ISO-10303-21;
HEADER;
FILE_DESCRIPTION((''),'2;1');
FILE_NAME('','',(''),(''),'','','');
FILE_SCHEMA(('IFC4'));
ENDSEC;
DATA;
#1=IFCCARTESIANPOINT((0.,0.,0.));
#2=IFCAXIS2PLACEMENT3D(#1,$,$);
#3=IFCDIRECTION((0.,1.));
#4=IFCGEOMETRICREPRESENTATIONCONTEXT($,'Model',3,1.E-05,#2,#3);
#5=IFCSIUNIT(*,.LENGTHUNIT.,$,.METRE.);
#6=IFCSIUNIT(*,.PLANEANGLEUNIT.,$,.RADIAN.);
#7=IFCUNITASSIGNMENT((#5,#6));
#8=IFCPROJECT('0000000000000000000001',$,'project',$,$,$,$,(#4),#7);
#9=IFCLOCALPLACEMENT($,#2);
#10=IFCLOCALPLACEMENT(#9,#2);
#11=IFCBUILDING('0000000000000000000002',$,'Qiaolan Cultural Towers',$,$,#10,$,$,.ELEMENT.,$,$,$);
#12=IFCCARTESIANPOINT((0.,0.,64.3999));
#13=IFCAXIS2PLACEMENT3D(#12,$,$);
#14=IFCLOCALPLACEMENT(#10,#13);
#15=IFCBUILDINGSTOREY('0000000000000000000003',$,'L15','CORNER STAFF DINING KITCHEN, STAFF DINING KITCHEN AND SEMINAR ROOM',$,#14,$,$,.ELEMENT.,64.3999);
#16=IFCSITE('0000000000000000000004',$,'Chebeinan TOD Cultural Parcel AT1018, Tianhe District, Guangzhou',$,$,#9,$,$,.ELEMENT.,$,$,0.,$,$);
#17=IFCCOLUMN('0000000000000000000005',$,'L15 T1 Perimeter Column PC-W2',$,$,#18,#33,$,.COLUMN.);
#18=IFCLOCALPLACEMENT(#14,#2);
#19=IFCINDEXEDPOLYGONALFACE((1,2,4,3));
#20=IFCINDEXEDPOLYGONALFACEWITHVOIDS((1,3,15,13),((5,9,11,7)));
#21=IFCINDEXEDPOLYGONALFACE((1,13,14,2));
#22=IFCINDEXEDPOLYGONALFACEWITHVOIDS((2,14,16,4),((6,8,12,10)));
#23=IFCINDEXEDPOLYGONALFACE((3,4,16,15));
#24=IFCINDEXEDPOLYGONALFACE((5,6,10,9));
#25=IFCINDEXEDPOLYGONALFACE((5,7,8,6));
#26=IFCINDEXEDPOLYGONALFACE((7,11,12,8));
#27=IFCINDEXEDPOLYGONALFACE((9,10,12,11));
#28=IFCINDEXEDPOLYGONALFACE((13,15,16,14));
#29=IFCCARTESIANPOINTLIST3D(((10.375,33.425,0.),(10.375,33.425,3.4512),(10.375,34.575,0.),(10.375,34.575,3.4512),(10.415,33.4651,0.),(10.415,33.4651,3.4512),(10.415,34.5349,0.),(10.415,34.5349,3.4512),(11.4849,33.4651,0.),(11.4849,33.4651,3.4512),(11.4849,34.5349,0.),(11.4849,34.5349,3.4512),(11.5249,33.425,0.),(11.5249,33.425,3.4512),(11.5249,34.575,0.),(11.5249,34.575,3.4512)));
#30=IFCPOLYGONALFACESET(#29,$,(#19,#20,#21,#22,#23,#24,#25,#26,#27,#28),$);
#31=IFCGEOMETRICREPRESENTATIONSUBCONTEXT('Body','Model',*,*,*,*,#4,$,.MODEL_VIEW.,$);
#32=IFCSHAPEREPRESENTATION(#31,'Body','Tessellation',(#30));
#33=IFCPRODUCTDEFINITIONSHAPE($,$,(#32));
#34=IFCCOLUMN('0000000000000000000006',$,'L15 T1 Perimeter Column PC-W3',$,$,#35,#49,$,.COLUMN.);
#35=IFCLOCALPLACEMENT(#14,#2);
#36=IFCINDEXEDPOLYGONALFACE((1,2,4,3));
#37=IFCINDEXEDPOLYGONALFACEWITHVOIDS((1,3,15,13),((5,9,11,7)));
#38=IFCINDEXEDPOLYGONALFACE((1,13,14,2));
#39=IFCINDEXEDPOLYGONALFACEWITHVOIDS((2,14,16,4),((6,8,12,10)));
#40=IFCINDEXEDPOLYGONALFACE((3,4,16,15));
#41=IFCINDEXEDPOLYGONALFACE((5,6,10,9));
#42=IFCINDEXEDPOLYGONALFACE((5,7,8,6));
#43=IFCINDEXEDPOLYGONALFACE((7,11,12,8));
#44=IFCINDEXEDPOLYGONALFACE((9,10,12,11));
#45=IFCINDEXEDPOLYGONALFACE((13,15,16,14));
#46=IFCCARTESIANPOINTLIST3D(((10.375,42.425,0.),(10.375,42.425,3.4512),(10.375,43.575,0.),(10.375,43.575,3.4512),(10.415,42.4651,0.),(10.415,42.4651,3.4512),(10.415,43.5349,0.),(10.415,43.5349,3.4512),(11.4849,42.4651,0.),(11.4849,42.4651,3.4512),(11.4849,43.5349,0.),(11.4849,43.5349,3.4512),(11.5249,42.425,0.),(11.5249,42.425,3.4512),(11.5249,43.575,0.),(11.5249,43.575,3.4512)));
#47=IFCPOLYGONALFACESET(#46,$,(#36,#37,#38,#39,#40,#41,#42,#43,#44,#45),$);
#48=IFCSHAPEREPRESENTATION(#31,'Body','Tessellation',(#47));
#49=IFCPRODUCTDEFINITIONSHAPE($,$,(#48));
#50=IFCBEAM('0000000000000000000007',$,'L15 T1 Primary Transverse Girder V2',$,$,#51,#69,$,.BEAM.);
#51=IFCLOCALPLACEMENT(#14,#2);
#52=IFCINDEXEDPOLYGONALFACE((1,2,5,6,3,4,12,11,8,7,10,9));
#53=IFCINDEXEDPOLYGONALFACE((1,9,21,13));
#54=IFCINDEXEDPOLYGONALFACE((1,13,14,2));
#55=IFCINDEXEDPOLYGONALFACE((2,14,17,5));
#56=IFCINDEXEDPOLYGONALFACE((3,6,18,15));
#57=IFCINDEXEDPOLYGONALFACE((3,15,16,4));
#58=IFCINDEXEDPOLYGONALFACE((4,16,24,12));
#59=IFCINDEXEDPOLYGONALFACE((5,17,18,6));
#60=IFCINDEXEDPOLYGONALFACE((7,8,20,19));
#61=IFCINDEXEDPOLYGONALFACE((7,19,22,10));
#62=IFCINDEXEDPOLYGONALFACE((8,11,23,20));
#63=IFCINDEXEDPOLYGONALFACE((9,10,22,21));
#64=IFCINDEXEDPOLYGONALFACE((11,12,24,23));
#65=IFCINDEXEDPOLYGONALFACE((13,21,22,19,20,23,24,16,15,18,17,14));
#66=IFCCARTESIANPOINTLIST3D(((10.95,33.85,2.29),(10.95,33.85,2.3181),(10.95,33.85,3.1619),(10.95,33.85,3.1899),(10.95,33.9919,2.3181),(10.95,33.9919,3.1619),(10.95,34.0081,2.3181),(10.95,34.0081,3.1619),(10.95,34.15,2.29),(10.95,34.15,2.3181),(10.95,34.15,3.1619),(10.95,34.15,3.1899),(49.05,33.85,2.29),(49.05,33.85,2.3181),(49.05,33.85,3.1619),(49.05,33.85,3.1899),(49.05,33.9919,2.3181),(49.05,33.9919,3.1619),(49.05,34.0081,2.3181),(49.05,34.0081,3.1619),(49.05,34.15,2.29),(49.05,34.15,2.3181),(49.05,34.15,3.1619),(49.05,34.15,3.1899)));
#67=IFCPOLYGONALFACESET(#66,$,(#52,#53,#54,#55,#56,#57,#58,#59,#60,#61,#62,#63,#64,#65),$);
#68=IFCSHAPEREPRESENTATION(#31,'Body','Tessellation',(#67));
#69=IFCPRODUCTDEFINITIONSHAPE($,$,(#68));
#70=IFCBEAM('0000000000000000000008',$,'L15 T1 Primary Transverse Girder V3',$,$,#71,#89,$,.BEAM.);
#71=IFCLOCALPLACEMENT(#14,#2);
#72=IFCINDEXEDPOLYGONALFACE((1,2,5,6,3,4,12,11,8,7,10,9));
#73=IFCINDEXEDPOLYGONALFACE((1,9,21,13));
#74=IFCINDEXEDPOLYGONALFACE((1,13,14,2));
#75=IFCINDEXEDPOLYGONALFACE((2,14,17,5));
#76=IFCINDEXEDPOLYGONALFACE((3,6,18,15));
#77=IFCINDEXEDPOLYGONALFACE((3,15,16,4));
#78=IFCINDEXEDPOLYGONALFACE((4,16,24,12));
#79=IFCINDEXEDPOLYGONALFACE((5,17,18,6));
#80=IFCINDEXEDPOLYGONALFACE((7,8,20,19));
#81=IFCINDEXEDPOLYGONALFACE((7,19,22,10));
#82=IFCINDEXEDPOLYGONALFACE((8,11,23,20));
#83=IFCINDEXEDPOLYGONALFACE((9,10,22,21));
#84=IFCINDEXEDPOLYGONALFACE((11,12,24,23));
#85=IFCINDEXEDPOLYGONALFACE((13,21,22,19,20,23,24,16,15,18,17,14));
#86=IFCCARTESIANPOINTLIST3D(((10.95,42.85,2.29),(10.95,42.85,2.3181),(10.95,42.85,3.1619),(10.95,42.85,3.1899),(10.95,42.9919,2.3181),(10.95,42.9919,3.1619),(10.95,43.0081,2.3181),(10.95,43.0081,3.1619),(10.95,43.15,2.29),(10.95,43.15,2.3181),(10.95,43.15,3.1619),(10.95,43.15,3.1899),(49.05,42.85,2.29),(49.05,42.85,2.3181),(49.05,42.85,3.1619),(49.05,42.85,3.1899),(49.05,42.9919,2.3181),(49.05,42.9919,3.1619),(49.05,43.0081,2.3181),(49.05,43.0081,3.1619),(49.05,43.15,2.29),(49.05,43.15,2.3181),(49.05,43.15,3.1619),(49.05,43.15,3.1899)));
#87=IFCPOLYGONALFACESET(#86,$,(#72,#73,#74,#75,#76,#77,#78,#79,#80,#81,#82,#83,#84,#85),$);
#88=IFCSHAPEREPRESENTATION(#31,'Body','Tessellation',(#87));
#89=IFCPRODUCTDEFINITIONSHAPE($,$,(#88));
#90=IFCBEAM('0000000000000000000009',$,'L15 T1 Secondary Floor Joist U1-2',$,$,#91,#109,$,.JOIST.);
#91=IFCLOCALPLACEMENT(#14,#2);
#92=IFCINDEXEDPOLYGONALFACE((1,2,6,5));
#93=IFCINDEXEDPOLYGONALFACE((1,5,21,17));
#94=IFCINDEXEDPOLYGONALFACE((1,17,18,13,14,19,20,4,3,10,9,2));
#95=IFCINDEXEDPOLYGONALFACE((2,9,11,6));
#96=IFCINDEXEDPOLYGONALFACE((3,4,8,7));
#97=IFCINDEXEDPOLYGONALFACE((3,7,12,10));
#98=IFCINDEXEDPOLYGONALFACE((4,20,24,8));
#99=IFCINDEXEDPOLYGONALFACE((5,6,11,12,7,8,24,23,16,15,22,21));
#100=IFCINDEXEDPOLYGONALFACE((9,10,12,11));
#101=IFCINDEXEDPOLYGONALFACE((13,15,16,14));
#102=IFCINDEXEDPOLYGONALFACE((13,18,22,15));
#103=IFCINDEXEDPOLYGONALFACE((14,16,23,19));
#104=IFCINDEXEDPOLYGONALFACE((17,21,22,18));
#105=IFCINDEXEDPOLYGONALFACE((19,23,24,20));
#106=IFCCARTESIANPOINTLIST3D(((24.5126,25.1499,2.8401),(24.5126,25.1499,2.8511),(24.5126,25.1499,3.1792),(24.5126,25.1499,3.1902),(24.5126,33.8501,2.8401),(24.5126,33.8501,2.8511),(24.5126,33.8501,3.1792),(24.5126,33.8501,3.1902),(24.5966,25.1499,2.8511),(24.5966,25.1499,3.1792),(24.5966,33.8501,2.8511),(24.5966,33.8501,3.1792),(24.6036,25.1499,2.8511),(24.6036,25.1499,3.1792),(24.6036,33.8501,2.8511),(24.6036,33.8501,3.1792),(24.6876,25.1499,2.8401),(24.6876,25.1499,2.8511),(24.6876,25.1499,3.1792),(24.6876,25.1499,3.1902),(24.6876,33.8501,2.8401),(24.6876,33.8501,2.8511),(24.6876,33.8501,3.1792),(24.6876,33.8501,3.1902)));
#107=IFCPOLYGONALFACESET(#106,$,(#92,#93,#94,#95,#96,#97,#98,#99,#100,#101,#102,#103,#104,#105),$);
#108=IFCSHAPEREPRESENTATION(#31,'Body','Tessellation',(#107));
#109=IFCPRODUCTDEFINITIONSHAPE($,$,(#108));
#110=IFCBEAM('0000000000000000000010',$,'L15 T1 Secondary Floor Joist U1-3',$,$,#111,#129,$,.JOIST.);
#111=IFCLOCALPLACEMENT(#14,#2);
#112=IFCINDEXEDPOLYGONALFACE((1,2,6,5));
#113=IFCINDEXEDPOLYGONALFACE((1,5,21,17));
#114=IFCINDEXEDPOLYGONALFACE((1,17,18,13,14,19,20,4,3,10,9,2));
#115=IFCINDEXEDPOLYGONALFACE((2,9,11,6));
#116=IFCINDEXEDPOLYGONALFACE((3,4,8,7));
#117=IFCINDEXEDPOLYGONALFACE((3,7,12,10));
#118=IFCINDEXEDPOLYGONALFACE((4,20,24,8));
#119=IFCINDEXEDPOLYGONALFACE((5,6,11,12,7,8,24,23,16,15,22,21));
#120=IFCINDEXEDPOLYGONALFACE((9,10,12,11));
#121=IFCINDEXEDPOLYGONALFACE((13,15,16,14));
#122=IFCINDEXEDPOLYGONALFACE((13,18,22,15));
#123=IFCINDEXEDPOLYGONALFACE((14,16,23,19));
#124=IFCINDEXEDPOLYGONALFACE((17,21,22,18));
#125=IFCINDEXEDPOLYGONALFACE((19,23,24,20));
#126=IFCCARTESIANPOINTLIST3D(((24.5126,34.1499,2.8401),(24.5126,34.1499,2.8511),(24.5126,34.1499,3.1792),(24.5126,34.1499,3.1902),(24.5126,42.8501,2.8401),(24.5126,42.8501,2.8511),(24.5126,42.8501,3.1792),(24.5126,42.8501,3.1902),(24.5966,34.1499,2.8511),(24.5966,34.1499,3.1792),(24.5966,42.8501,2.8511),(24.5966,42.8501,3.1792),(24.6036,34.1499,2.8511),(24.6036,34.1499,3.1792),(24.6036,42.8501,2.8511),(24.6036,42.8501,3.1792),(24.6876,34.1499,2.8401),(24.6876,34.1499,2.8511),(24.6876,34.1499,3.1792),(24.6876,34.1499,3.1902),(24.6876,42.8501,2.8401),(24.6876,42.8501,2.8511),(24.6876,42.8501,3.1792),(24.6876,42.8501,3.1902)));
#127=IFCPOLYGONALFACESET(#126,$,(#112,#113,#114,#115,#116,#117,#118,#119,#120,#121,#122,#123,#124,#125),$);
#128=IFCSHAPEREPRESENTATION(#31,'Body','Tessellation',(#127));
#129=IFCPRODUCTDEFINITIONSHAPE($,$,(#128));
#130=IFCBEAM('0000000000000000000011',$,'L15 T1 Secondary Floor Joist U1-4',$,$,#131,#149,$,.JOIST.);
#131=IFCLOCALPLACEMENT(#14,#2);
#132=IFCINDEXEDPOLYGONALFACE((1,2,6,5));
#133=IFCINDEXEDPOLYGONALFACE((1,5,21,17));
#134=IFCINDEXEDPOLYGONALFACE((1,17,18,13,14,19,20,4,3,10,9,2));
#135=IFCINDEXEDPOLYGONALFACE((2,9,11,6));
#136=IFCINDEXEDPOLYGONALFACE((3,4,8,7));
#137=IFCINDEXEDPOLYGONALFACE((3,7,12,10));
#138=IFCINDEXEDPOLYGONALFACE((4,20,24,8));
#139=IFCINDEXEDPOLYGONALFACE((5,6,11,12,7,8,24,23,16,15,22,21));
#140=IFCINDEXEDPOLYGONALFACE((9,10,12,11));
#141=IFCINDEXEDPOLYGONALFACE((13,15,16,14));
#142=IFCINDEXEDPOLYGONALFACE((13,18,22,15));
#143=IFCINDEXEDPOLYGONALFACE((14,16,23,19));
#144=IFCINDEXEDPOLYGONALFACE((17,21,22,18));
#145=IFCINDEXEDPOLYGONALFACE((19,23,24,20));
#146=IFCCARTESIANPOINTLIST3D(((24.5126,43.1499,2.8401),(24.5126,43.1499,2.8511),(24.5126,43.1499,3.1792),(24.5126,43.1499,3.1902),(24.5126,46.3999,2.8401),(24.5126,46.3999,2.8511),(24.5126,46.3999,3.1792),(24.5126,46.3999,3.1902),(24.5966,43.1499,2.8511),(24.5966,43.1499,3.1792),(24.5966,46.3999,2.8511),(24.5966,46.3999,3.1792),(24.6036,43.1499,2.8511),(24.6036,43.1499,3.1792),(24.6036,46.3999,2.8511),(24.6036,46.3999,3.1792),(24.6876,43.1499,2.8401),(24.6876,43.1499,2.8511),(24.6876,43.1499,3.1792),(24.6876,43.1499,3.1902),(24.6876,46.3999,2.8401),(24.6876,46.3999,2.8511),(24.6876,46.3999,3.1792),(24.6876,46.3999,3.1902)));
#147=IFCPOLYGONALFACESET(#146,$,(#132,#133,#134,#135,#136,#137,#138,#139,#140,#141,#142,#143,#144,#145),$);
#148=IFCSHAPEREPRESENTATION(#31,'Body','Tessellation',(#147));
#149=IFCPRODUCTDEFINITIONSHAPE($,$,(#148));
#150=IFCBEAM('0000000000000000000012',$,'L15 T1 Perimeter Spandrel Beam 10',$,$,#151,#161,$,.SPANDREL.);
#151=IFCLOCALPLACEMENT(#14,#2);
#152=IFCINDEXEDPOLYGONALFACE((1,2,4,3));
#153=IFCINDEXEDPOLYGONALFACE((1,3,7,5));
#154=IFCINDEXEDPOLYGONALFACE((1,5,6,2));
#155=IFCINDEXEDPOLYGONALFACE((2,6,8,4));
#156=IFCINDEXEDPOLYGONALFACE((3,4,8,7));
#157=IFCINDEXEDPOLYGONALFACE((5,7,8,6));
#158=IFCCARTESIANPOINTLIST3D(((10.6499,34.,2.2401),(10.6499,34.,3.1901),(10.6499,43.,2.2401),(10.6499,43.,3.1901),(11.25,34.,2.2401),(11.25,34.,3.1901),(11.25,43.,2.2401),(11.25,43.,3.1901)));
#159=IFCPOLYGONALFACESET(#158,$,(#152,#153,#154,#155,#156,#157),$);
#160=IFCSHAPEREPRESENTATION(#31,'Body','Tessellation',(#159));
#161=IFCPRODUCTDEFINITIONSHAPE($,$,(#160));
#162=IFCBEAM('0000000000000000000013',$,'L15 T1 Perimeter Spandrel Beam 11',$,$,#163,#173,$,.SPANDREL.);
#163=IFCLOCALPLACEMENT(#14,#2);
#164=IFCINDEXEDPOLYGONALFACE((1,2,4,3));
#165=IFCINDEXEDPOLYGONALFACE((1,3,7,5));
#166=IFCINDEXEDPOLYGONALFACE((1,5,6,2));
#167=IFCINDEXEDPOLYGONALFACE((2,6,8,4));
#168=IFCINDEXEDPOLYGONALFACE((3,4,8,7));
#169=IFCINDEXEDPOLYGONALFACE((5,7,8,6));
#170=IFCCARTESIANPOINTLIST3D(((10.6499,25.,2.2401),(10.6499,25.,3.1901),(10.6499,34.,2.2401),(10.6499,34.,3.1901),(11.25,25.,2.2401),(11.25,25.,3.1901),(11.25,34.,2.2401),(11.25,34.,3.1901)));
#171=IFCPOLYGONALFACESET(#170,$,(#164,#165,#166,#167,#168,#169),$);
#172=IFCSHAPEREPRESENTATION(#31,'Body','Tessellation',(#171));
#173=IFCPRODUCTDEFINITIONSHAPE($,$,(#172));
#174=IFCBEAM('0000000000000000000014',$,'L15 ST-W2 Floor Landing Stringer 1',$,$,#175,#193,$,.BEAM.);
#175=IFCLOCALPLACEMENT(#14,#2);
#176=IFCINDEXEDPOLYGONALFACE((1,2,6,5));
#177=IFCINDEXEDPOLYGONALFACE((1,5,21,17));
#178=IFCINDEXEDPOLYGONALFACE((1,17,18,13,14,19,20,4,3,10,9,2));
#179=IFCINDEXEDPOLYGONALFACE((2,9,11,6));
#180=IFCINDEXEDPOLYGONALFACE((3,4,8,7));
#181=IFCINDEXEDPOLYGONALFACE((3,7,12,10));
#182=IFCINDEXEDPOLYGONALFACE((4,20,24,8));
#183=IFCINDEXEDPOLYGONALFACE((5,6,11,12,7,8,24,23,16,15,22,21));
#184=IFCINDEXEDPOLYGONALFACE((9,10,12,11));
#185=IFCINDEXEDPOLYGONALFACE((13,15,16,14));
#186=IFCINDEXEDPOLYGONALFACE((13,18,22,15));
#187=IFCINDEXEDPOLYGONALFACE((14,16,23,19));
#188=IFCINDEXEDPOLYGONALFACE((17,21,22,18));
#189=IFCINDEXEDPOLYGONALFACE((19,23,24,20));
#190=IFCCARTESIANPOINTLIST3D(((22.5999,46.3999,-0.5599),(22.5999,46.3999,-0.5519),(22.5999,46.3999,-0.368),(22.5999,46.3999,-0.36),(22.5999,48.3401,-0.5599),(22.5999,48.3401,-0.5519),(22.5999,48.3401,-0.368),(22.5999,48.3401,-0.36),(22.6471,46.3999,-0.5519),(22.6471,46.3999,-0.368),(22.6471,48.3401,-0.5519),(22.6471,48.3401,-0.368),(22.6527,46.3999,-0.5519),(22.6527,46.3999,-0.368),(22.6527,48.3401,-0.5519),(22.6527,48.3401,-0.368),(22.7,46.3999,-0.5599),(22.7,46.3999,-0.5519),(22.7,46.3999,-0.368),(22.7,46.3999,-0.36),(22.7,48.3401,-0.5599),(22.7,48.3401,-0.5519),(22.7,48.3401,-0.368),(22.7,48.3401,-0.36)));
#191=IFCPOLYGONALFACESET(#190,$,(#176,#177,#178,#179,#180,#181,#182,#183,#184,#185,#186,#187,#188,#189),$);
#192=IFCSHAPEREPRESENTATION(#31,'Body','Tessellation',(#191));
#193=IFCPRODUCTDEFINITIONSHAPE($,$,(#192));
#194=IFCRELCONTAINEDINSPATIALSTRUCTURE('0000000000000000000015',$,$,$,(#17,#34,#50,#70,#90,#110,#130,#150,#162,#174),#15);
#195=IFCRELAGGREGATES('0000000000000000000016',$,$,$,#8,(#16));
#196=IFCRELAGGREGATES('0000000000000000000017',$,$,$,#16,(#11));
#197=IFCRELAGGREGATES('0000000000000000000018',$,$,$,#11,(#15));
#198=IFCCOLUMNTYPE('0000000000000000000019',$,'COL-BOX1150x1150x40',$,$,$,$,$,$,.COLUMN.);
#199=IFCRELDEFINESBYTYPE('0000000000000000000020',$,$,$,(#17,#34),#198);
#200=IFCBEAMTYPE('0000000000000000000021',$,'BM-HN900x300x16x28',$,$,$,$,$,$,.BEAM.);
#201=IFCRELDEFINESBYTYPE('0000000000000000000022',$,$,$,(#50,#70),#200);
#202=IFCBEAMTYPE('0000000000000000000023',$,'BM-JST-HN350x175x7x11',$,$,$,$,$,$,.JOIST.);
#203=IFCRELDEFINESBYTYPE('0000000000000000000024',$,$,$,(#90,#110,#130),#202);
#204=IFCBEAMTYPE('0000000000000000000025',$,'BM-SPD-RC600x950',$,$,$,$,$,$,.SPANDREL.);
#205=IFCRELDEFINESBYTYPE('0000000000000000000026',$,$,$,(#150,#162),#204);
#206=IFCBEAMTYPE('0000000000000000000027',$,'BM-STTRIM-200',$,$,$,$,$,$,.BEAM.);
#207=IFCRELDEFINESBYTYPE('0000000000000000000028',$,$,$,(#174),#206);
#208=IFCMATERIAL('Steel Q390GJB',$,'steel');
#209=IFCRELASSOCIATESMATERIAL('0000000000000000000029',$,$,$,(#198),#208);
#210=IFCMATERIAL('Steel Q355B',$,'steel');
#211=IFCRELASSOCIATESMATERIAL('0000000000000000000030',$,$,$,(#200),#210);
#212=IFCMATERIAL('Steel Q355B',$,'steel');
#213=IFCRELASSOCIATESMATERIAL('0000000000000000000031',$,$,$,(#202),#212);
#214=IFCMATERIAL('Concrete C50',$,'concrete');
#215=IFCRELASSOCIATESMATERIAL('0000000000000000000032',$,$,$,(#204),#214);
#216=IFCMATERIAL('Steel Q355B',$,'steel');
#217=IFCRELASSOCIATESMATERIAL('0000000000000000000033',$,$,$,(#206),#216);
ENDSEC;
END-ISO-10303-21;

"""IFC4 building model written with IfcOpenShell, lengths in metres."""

from ifc_helpers import new_model, si_unit, direction, frame, origin, origin_2d, place, context, subcontext, project, spatial, rectangle, hollow_rectangle, i_section, extrude, material, material_profile, profile_set, type_object, element, save


model = new_model("IFC4")

# Units and contexts
model_context = context("Model", 3, precision=1e-05, world=origin(), true_north=direction((0.0, 1.0)))
body_context = subcontext(model_context, "Body", "Model", "MODEL_VIEW")
ifc_project = project(units=[si_unit("LENGTHUNIT", "METRE"), si_unit("PLANEANGLEUNIT", "RADIAN")], contexts=[model_context])

# Site, building, storey
site_placement = place(None, origin())
site = spatial("IfcSite", under=ifc_project, at=site_placement, Name="Chebeinan TOD Cultural Parcel AT1018, Tianhe District, Guangzhou", CompositionType="ELEMENT", RefElevation=0.0)
building_placement = place(site_placement, origin())
building = spatial("IfcBuilding", under=site, at=building_placement, Name="Qiaolan Cultural Towers", CompositionType="ELEMENT")
storey_placement = place(building_placement, frame((0.0, 0.0, 64.3999)))
storey = spatial("IfcBuildingStorey", under=building, at=storey_placement, Name="L15", Description="CORNER STAFF DINING KITCHEN, STAFF DINING KITCHEN AND SEMINAR ROOM", CompositionType="ELEMENT", Elevation=64.3999)

# Columns
ifc_material_1 = material(Name="Steel Q390GJB", Category="steel")
ifc_material_profile_1 = material_profile(ifc_material_1, hollow_rectangle(XDim=1.1499, YDim=1.1499, WallThickness=0.04, at=origin_2d()), Name="BOX1150x1150x40")
ifc_profile_set_1 = profile_set([ifc_material_profile_1], Name="Steel Q390GJB")
column_type = type_object("IfcColumnType", Name="COL-BOX1150x1150x40", PredefinedType="COLUMN", material=ifc_profile_set_1)
for number, where, z_axis, x_axis, name in (
    (1, (10.95, 34.0, 0.0), (0.0, 0.0, 1.0), (1.0, 0.0, 0.0), "L15 T1 Perimeter Column PC-W2"),
    (2, (10.95, 43.0, 0.0), (0.0, 0.0, 1.0), (1.0, 0.0, 0.0), "L15 T1 Perimeter Column PC-W3"),
):
    element("IfcColumn", number, at=place(storey_placement, frame(where, z_axis=z_axis, x_axis=x_axis)), inside=storey, type_object=column_type, Name=name, PredefinedType="COLUMN", context=body_context, shape_type="SweptSolid", body=[
        extrude(hollow_rectangle(XDim=1.1499, YDim=1.1499, WallThickness=0.04, at=origin_2d()), origin(), (0.0, 0.0, 1.0), 3.4512),
    ])

# Beams
ifc_material_2 = material(Name="Steel Q355B", Category="steel")
ifc_material_profile_2 = material_profile(ifc_material_2, i_section(OverallWidth=0.3, OverallDepth=0.8999, WebThickness=0.0161, FlangeThickness=0.0281, at=origin_2d()), Name="HN900x300x16x28")
ifc_profile_set_2 = profile_set([ifc_material_profile_2], Name="Steel Q355B")
beam_type_1 = type_object("IfcBeamType", Name="BM-HN900x300x16x28", PredefinedType="BEAM", material=ifc_profile_set_2)
for number, where, z_axis, x_axis, name in (
    (3, (10.95, 34.0, 2.74), (1.0, 0.0, 0.0), (0.0, 1.0, 0.0), "L15 T1 Primary Transverse Girder V2"),
    (4, (10.95, 43.0, 2.74), (1.0, 0.0, 0.0), (0.0, 1.0, 0.0), "L15 T1 Primary Transverse Girder V3"),
):
    element("IfcBeam", number, at=place(storey_placement, frame(where, z_axis=z_axis, x_axis=x_axis)), inside=storey, type_object=beam_type_1, Name=name, PredefinedType="BEAM", context=body_context, shape_type="SweptSolid", body=[
        extrude(i_section(OverallWidth=0.3, OverallDepth=0.8999, WebThickness=0.0161, FlangeThickness=0.0281, at=origin_2d()), origin(), (0.0, 0.0, 1.0), 38.1001),
    ])
ifc_material_3 = material(Name="Steel Q355B", Category="steel")
ifc_material_profile_3 = material_profile(ifc_material_3, i_section(OverallWidth=0.175, OverallDepth=0.3501, WebThickness=0.0071, FlangeThickness=0.011, at=origin_2d()), Name="HN350x175x7x11")
ifc_profile_set_3 = profile_set([ifc_material_profile_3], Name="Steel Q355B")
beam_type_2 = type_object("IfcBeamType", Name="BM-JST-HN350x175x7x11", PredefinedType="JOIST", material=ifc_profile_set_3)
for number, where, z_axis, x_axis, name in (
    (5, (24.6001, 25.1499, 3.0151), (0.0, 1.0, 0.0), (-1.0, 0.0, 0.0), "L15 T1 Secondary Floor Joist U1-2"),
    (6, (24.6001, 34.1499, 3.0151), (0.0, 1.0, 0.0), (-1.0, 0.0, 0.0), "L15 T1 Secondary Floor Joist U1-3"),
):
    element("IfcBeam", number, at=place(storey_placement, frame(where, z_axis=z_axis, x_axis=x_axis)), inside=storey, type_object=beam_type_2, Name=name, PredefinedType="JOIST", context=body_context, shape_type="SweptSolid", body=[
        extrude(i_section(OverallWidth=0.175, OverallDepth=0.3501, WebThickness=0.0071, FlangeThickness=0.011, at=origin_2d()), origin(), (0.0, 0.0, 1.0), 8.7002),
    ])
beam_placement = place(storey_placement, frame((24.6001, 43.1499, 3.0151), z_axis=(0.0, 1.0, 0.0), x_axis=(-1.0, 0.0, 0.0)))
element("IfcBeam", 7, at=beam_placement, inside=storey, type_object=beam_type_2, Name="L15 T1 Secondary Floor Joist U1-4", PredefinedType="JOIST", context=body_context, shape_type="SweptSolid", body=[
    extrude(i_section(OverallWidth=0.175, OverallDepth=0.3501, WebThickness=0.0071, FlangeThickness=0.011, at=origin_2d()), origin(), (0.0, 0.0, 1.0), 3.25),
])
ifc_material_4 = material(Name="Concrete C50", Category="concrete")
ifc_material_profile_4 = material_profile(ifc_material_4, rectangle(XDim=0.6001, YDim=0.95, at=origin_2d()), Name="RC600x950")
ifc_profile_set_4 = profile_set([ifc_material_profile_4], Name="Concrete C50")
beam_type_3 = type_object("IfcBeamType", Name="BM-SPD-RC600x950", PredefinedType="SPANDREL", material=ifc_profile_set_4)
for number, where, z_axis, x_axis, name in (
    (8, (10.95, 43.0, 2.7151), (0.0, -1.0, 0.0), (1.0, 0.0, 0.0), "L15 T1 Perimeter Spandrel Beam 10"),
    (9, (10.95, 34.0, 2.7151), (0.0, -1.0, 0.0), (1.0, 0.0, 0.0), "L15 T1 Perimeter Spandrel Beam 11"),
):
    element("IfcBeam", number, at=place(storey_placement, frame(where, z_axis=z_axis, x_axis=x_axis)), inside=storey, type_object=beam_type_3, Name=name, PredefinedType="SPANDREL", context=body_context, shape_type="SweptSolid", body=[
        extrude(rectangle(XDim=0.6001, YDim=0.95, at=origin_2d()), origin(), (0.0, 0.0, 1.0), 9.0),
    ])
ifc_material_5 = material(Name="Steel Q355B", Category="steel")
ifc_material_profile_5 = material_profile(ifc_material_5, i_section(OverallWidth=0.1001, OverallDepth=0.2, WebThickness=0.0056, FlangeThickness=0.0081, at=origin_2d()), Name="HN200x100x5.5x8")
ifc_profile_set_5 = profile_set([ifc_material_profile_5], Name="Steel Q355B")
beam_type_4 = type_object("IfcBeamType", Name="BM-STTRIM-200", PredefinedType="BEAM", material=ifc_profile_set_5)
for number, where, z_axis, x_axis, name in (
    (10, (22.6499, 46.3999, -0.46), (0.0, 1.0, 0.0), (-1.0, 0.0, 0.0), "L15 ST-W2 Floor Landing Stringer 1"),
):
    element("IfcBeam", number, at=place(storey_placement, frame(where, z_axis=z_axis, x_axis=x_axis)), inside=storey, type_object=beam_type_4, Name=name, PredefinedType="BEAM", context=body_context, shape_type="SweptSolid", body=[
        extrude(i_section(OverallWidth=0.1001, OverallDepth=0.2, WebThickness=0.0056, FlangeThickness=0.0081, at=origin_2d()), origin(), (0.0, 0.0, 1.0), 1.9402),
    ])

save(model, "model.ifc")
